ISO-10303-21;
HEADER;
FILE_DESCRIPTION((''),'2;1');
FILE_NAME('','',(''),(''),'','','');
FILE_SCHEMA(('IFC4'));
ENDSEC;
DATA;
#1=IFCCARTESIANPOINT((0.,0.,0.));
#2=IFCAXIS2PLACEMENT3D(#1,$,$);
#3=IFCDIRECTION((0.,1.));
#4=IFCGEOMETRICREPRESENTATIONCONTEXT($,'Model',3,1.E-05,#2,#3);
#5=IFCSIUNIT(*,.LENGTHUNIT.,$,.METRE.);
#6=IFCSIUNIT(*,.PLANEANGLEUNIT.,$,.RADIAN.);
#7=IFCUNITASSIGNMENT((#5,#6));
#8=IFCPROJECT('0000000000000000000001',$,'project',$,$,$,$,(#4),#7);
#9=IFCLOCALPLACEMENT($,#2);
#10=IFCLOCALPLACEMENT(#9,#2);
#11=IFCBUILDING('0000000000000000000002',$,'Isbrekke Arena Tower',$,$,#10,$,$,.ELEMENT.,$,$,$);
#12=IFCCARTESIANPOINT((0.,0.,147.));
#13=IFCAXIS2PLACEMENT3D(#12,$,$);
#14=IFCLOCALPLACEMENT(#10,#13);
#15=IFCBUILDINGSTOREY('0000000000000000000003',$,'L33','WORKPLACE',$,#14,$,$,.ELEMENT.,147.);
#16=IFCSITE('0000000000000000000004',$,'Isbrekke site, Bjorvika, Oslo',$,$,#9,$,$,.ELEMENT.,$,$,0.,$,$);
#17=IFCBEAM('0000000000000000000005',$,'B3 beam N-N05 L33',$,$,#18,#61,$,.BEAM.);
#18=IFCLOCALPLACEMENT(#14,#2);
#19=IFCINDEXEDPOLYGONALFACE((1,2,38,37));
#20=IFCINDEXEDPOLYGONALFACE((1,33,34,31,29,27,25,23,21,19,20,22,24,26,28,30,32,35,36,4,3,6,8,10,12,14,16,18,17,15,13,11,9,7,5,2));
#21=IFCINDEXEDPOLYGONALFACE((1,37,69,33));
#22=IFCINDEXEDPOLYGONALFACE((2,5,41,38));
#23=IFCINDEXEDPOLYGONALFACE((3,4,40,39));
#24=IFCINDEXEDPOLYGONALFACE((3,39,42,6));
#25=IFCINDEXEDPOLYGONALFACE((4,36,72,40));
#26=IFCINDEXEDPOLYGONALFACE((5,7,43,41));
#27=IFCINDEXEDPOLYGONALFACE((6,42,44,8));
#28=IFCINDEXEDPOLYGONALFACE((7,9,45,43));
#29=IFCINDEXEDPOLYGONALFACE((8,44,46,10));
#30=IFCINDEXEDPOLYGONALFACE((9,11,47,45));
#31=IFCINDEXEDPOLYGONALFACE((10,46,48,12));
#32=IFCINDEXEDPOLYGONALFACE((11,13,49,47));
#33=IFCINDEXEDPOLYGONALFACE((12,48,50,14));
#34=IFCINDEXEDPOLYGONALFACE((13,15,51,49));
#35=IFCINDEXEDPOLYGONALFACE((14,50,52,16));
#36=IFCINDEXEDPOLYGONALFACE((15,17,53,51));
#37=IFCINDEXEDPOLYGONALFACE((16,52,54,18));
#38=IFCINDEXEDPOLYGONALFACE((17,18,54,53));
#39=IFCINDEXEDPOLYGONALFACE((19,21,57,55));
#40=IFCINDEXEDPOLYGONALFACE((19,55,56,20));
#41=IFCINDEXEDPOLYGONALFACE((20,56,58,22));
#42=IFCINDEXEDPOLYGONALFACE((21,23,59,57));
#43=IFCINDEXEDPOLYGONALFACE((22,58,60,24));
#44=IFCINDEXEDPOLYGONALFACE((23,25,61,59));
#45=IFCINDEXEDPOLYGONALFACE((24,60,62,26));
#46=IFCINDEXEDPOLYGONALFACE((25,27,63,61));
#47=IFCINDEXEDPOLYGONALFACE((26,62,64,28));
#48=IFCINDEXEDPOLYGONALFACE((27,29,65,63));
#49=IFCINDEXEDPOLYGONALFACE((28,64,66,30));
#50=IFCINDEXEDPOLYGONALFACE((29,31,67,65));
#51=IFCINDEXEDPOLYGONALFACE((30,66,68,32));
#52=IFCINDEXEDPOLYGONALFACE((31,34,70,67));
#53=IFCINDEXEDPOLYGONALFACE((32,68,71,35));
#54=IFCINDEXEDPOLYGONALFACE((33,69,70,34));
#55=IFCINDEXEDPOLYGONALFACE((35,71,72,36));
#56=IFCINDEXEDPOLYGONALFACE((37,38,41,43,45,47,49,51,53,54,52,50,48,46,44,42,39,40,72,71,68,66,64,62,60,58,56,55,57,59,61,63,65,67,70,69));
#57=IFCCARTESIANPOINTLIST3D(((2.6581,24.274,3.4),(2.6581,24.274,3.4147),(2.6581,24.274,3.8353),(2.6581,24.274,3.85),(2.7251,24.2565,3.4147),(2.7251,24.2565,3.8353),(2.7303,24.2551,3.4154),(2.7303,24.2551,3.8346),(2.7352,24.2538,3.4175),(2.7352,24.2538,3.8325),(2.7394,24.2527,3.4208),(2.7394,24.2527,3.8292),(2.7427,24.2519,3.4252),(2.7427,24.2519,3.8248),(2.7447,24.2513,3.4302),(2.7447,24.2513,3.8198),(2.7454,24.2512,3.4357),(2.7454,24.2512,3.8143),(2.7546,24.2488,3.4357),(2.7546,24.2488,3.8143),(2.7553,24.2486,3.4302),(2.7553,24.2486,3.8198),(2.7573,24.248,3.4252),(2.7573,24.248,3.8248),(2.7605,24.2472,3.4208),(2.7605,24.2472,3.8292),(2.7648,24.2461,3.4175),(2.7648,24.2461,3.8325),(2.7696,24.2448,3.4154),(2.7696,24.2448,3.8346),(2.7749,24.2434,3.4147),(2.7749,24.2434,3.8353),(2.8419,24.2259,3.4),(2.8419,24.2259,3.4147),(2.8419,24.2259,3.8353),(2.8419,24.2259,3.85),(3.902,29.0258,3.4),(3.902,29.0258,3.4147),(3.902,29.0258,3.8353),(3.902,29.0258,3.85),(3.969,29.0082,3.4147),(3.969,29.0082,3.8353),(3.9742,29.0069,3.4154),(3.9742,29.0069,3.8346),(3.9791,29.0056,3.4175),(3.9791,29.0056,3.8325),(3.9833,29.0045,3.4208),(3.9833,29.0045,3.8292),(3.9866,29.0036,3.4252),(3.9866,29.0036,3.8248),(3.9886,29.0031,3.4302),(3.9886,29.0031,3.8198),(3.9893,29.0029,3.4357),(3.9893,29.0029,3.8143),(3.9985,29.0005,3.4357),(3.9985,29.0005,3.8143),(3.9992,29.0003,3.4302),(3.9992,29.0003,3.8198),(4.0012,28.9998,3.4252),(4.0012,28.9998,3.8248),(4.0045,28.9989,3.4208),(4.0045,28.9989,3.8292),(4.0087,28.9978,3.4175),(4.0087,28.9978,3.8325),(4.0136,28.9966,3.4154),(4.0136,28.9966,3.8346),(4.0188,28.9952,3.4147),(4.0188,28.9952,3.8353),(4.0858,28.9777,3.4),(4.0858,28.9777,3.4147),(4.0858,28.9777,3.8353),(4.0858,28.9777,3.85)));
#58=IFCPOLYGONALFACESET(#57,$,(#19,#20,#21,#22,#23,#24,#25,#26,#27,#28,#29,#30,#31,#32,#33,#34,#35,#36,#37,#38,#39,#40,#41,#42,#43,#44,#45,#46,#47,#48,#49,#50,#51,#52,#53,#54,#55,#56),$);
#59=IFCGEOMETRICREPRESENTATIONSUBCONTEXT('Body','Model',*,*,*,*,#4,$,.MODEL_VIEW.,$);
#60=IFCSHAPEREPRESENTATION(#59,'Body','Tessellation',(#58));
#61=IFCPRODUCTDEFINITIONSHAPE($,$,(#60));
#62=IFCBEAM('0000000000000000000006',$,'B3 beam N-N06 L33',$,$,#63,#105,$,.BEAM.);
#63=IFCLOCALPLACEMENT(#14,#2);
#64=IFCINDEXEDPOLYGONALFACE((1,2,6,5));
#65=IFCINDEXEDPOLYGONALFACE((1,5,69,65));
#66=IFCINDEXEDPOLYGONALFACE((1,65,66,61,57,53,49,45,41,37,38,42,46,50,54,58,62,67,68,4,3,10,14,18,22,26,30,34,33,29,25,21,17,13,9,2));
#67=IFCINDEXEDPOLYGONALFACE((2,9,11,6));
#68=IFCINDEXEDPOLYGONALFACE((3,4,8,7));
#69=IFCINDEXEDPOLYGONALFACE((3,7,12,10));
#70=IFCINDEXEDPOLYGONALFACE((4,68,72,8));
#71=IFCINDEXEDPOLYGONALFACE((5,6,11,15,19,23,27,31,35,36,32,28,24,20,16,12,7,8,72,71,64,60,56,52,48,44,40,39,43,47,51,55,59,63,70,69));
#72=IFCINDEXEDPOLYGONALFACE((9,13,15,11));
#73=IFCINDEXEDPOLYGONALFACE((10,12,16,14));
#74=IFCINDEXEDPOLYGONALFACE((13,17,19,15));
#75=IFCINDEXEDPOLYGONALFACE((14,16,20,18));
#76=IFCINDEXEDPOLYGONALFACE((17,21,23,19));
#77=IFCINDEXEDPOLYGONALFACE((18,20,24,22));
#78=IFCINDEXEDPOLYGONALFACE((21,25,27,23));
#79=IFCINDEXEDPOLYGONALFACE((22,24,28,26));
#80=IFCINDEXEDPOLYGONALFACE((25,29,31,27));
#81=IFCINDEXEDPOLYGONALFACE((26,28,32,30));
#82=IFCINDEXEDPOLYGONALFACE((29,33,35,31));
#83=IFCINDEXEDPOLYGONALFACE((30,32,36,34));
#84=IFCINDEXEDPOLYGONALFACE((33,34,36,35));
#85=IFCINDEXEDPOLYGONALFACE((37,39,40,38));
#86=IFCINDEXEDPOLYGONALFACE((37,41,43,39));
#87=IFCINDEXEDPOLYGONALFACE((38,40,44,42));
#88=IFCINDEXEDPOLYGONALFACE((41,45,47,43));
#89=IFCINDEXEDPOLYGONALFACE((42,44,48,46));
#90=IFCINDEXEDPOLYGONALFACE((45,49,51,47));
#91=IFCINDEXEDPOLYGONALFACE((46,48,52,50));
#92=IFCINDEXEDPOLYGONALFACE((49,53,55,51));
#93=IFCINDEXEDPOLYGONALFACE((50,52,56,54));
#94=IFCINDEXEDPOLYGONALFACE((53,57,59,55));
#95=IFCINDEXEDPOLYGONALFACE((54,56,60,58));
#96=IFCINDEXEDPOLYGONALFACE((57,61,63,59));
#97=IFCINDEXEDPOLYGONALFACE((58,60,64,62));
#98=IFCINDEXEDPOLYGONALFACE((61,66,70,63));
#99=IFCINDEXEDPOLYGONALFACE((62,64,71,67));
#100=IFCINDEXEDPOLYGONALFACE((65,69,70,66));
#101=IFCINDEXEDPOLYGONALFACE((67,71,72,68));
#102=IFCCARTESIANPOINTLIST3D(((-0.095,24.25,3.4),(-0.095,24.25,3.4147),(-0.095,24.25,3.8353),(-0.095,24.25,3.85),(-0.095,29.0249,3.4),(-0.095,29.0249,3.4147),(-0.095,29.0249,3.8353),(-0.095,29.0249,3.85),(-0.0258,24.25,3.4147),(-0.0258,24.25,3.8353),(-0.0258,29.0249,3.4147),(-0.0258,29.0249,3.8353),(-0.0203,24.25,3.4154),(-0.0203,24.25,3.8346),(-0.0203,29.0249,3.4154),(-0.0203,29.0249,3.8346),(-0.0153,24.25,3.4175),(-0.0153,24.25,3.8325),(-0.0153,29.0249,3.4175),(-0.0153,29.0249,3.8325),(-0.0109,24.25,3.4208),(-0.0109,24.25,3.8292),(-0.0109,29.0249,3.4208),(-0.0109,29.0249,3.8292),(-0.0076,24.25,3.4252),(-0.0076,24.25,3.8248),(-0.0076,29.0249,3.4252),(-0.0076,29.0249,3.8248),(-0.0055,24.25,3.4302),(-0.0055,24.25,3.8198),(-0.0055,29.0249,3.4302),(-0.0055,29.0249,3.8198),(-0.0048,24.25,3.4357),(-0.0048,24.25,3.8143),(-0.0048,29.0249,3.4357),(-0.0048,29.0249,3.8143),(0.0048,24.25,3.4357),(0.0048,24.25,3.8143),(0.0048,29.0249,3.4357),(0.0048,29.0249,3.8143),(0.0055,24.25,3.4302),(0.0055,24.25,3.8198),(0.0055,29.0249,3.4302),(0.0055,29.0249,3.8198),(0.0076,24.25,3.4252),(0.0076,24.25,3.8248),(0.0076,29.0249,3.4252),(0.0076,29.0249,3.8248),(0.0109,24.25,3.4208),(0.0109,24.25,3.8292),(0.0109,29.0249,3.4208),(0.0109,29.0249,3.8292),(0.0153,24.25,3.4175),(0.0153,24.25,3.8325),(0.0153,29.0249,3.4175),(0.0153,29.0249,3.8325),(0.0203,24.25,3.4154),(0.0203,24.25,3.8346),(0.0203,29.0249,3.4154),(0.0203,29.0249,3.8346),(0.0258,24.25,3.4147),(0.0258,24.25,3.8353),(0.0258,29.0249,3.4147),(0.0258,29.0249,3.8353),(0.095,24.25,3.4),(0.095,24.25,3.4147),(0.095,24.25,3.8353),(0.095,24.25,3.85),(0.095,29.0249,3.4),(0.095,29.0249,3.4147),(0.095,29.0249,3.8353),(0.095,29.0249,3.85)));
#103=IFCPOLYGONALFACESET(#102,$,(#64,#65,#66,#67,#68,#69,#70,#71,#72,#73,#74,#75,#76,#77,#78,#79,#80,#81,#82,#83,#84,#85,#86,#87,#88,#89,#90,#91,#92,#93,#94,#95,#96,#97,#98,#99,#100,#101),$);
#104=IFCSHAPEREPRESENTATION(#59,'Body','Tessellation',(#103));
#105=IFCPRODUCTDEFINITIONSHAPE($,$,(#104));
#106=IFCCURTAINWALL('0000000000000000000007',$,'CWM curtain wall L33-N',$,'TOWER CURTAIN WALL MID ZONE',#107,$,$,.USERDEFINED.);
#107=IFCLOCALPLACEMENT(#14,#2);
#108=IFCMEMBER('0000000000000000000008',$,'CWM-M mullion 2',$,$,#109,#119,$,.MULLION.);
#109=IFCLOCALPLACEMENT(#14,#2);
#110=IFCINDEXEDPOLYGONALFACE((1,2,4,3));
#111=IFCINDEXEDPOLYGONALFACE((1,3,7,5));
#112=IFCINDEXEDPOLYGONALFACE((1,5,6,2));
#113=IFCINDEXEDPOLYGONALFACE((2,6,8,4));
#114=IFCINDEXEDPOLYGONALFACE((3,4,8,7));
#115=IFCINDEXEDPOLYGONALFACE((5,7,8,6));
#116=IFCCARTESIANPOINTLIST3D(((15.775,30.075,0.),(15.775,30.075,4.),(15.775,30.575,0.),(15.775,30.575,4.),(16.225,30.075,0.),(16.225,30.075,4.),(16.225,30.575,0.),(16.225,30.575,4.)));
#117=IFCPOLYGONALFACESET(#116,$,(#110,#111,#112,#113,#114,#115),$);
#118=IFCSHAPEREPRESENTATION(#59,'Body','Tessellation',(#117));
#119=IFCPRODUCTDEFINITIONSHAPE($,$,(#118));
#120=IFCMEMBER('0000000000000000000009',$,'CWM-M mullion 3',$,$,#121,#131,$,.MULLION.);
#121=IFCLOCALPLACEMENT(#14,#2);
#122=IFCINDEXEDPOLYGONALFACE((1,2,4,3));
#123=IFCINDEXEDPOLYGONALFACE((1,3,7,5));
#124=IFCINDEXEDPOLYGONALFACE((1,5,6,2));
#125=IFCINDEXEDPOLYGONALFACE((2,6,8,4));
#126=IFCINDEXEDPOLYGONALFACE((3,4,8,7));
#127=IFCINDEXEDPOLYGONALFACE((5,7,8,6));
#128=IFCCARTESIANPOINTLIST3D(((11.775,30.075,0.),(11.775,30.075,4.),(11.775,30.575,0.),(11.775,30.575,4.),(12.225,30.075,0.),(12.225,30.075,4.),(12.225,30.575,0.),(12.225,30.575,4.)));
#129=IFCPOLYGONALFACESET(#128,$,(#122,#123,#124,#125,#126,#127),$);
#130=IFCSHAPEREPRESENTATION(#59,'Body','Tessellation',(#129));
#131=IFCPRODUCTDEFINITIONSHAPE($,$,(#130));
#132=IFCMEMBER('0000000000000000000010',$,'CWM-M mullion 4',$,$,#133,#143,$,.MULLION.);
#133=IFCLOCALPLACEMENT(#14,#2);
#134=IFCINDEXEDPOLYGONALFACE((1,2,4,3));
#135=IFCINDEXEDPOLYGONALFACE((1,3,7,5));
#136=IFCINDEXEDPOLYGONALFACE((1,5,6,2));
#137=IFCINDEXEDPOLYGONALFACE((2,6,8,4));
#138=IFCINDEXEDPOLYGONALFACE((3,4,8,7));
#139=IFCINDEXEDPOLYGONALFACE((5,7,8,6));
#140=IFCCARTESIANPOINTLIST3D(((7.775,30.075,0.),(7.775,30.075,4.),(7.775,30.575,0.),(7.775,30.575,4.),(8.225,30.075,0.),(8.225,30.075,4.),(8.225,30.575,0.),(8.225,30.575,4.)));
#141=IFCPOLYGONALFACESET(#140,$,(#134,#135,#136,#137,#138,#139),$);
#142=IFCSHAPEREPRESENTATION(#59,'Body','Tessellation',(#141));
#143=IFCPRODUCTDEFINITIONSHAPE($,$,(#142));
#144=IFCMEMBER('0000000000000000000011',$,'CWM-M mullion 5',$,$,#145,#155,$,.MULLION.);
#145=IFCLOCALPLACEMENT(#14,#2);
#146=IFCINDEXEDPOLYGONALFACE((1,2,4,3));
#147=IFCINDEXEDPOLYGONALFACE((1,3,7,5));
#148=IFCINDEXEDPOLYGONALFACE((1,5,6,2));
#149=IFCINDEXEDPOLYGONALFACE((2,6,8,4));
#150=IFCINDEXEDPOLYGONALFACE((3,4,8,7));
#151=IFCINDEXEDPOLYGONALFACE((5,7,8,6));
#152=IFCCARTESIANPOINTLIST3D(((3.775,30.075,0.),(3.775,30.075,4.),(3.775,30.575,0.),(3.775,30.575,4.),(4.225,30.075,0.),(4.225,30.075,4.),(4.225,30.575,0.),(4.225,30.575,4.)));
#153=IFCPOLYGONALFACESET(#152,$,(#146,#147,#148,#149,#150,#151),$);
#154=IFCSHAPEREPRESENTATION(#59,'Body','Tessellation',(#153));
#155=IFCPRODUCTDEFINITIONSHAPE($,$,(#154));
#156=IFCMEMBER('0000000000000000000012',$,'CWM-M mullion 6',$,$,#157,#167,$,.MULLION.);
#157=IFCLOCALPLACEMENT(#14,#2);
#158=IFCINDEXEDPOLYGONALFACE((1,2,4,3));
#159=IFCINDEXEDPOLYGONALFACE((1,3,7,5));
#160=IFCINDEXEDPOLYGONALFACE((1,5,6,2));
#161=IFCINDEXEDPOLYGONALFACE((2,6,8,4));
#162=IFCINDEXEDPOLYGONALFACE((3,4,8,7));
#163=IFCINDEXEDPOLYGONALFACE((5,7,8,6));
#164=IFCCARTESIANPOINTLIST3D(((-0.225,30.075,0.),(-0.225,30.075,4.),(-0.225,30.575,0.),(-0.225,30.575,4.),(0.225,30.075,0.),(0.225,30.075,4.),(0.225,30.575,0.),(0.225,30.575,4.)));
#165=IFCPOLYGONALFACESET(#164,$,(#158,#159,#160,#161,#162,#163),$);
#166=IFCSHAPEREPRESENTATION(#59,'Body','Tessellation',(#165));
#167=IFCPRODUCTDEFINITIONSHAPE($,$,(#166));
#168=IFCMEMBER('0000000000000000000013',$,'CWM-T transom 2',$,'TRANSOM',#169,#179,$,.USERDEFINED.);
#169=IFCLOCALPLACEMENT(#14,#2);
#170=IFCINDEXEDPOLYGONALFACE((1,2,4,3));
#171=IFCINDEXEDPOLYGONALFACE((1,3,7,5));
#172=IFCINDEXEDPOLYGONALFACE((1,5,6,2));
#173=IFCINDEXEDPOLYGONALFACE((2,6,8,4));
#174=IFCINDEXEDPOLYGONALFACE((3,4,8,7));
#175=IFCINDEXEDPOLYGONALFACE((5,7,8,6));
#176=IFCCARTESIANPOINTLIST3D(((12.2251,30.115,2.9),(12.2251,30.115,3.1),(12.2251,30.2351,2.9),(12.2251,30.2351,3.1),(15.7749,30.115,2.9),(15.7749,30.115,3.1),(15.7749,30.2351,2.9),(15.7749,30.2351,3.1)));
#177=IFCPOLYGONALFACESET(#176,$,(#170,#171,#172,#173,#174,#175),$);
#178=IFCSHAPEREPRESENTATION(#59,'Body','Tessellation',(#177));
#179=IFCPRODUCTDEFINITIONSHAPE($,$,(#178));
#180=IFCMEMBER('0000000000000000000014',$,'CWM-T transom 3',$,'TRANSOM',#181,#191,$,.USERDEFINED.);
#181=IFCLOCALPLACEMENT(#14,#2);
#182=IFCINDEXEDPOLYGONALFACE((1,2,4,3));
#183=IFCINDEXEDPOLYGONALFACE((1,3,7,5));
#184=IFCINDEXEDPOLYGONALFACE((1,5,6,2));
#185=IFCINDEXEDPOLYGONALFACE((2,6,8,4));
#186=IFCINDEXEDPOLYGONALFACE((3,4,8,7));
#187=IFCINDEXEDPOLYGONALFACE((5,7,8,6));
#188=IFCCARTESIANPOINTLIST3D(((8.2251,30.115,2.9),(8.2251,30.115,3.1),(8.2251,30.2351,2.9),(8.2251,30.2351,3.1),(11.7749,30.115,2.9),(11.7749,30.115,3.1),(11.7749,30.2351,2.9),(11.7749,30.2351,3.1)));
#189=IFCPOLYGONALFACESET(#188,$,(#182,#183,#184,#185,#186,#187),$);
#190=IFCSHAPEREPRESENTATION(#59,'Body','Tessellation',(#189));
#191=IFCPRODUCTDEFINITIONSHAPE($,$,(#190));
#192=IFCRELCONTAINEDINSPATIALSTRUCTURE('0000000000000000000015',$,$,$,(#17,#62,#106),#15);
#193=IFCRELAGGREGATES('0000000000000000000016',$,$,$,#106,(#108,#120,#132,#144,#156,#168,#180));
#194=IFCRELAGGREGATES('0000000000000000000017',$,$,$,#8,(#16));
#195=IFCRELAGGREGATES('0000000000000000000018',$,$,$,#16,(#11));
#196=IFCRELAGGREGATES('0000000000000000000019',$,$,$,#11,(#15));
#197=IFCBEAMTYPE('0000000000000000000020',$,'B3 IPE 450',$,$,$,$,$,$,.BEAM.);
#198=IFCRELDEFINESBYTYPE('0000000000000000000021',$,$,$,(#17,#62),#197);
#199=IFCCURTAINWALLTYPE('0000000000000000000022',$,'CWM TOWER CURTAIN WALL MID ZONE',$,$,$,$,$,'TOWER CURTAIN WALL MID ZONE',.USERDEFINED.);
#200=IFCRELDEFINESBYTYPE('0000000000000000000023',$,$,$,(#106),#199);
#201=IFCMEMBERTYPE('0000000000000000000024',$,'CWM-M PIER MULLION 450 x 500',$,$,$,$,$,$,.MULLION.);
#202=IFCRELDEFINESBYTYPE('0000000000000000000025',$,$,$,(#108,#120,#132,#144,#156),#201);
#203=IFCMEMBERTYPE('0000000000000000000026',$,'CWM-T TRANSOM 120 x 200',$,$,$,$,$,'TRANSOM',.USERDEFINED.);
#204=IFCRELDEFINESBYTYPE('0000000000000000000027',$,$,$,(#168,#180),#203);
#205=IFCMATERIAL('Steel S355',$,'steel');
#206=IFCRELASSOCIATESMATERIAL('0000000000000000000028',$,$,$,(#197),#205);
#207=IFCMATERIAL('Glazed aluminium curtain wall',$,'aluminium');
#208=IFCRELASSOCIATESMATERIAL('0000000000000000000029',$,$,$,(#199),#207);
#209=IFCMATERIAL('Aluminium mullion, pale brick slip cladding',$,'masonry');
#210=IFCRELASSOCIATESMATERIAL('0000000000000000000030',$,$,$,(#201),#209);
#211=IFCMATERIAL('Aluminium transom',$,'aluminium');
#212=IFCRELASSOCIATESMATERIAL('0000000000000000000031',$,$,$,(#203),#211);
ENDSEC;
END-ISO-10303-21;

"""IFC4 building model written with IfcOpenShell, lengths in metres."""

from ifc_helpers import new_model, si_unit, direction, frame, origin, origin_2d, place, context, subcontext, project, spatial, rectangle, i_section, extrude, material, material_profile, profile_set, type_object, element, aggregate, save


model = new_model("IFC4")

# Units and contexts
model_context = context("Model", 3, precision=1e-05, world=origin(), true_north=direction((0.0, 1.0)))
body_context = subcontext(model_context, "Body", "Model", "MODEL_VIEW")
ifc_project = project(units=[si_unit("LENGTHUNIT", "METRE"), si_unit("PLANEANGLEUNIT", "RADIAN")], contexts=[model_context])

# Site, building, storey
site_placement = place(None, origin())
site = spatial("IfcSite", under=ifc_project, at=site_placement, Name="Isbrekke site, Bjorvika, Oslo", CompositionType="ELEMENT", RefElevation=0.0)
building_placement = place(site_placement, origin())
building = spatial("IfcBuilding", under=site, at=building_placement, Name="Isbrekke Arena Tower", CompositionType="ELEMENT")
storey_placement = place(building_placement, frame((0.0, 0.0, 147.0)))
storey = spatial("IfcBuildingStorey", under=building, at=storey_placement, Name="L33", Description="WORKPLACE", CompositionType="ELEMENT", Elevation=147.0)

# Beams
ifc_material_1 = material(Name="Steel S355", Category="steel")
ifc_material_profile_1 = material_profile(ifc_material_1, i_section(OverallWidth=0.1899, OverallDepth=0.45, WebThickness=0.0095, FlangeThickness=0.0146, FilletRadius=0.021, at=origin_2d()), Name="IPE 450")
ifc_profile_set_1 = profile_set([ifc_material_profile_1], Name="Steel S355")
beam_type_1 = type_object("IfcBeamType", Name="B3 IPE 450", PredefinedType="BEAM", material=ifc_profile_set_1)
beam_1_placement = place(storey_placement, frame((3.9939, 29.0017, 3.625), z_axis=(-0.253245, -0.967402, 0.0), x_axis=(0.967402, -0.253245, 0.0)))
element("IfcBeam", 1, at=beam_1_placement, inside=storey, type_object=beam_type_1, Name="B3 beam N-N05 L33", PredefinedType="BEAM", context=body_context, shape_type="SweptSolid", body=[
    extrude(i_section(OverallWidth=0.1899, OverallDepth=0.45, WebThickness=0.0095, FlangeThickness=0.0146, FilletRadius=0.021, at=origin_2d()), origin(), (0.0, 0.0, 1.0), 4.9119),
])
beam_2_placement = place(storey_placement, frame((0.0, 29.0249, 3.625), z_axis=(0.0, -1.0, 0.0), x_axis=(1.0, 0.0, 0.0)))
element("IfcBeam", 2, at=beam_2_placement, inside=storey, type_object=beam_type_1, Name="B3 beam N-N06 L33", PredefinedType="BEAM", context=body_context, shape_type="SweptSolid", body=[
    extrude(i_section(OverallWidth=0.1899, OverallDepth=0.45, WebThickness=0.0095, FlangeThickness=0.0146, FilletRadius=0.021, at=origin_2d()), origin(), (0.0, 0.0, 1.0), 4.7749),
])

# Curtain wall, members
ifc_material_2 = material(Name="Glazed aluminium curtain wall", Category="aluminium")
curtain_wall_type = type_object("IfcCurtainWallType", Name="CWM TOWER CURTAIN WALL MID ZONE", ElementType="TOWER CURTAIN WALL MID ZONE", PredefinedType="USERDEFINED", material=ifc_material_2)
curtain_wall_placement = place(storey_placement, origin())
curtain_wall = element("IfcCurtainWall", 3, at=curtain_wall_placement, inside=storey, type_object=curtain_wall_type, Name="CWM curtain wall L33-N", ObjectType="TOWER CURTAIN WALL MID ZONE", PredefinedType="USERDEFINED")
ifc_material_3 = material(Name="Aluminium mullion, pale brick slip cladding", Category="masonry")
ifc_material_profile_2 = material_profile(ifc_material_3, rectangle(XDim=0.45, YDim=0.5, at=origin_2d()), Name="PIER 450X500")
ifc_profile_set_2 = profile_set([ifc_material_profile_2], Name="Aluminium mullion, pale brick slip cladding")
member_type_1 = type_object("IfcMemberType", Name="CWM-M PIER MULLION 450 x 500", PredefinedType="MULLION", material=ifc_profile_set_2)
member_1_placement = place(storey_placement, frame((16.0, 30.325, 0.0), z_axis=(0.0, 0.0, 1.0), x_axis=(-1.0, 0.0, 0.0)))
member_1 = element("IfcMember", 4, at=member_1_placement, type_object=member_type_1, Name="CWM-M mullion 2", PredefinedType="MULLION", context=body_context, shape_type="SweptSolid", body=[
    extrude(rectangle(XDim=0.45, YDim=0.5, at=origin_2d()), origin(), (0.0, 0.0, 1.0), 4.0),
])
member_2_placement = place(storey_placement, frame((12.0, 30.325, 0.0), z_axis=(0.0, 0.0, 1.0), x_axis=(-1.0, 0.0, 0.0)))
member_2 = element("IfcMember", 5, at=member_2_placement, type_object=member_type_1, Name="CWM-M mullion 3", PredefinedType="MULLION", context=body_context, shape_type="SweptSolid", body=[
    extrude(rectangle(XDim=0.45, YDim=0.5, at=origin_2d()), origin(), (0.0, 0.0, 1.0), 4.0),
])
member_3_placement = place(storey_placement, frame((8.0, 30.325, 0.0), z_axis=(0.0, 0.0, 1.0), x_axis=(-1.0, 0.0, 0.0)))
member_3 = element("IfcMember", 6, at=member_3_placement, type_object=member_type_1, Name="CWM-M mullion 4", PredefinedType="MULLION", context=body_context, shape_type="SweptSolid", body=[
    extrude(rectangle(XDim=0.45, YDim=0.5, at=origin_2d()), origin(), (0.0, 0.0, 1.0), 4.0),
])
member_4_placement = place(storey_placement, frame((4.0, 30.325, 0.0), z_axis=(0.0, 0.0, 1.0), x_axis=(-1.0, 0.0, 0.0)))
member_4 = element("IfcMember", 7, at=member_4_placement, type_object=member_type_1, Name="CWM-M mullion 5", PredefinedType="MULLION", context=body_context, shape_type="SweptSolid", body=[
    extrude(rectangle(XDim=0.45, YDim=0.5, at=origin_2d()), origin(), (0.0, 0.0, 1.0), 4.0),
])
member_5_placement = place(storey_placement, frame((0.0, 30.325, 0.0), z_axis=(0.0, 0.0, 1.0), x_axis=(-1.0, 0.0, 0.0)))
member_5 = element("IfcMember", 8, at=member_5_placement, type_object=member_type_1, Name="CWM-M mullion 6", PredefinedType="MULLION", context=body_context, shape_type="SweptSolid", body=[
    extrude(rectangle(XDim=0.45, YDim=0.5, at=origin_2d()), origin(), (0.0, 0.0, 1.0), 4.0),
])
ifc_material_4 = material(Name="Aluminium transom", Category="aluminium")
ifc_material_profile_3 = material_profile(ifc_material_4, rectangle(XDim=0.1201, YDim=0.2, at=origin_2d()), Name="TRANSOM 120X200")
ifc_profile_set_3 = profile_set([ifc_material_profile_3], Name="Aluminium transom")
member_type_2 = type_object("IfcMemberType", Name="CWM-T TRANSOM 120 x 200", ElementType="TRANSOM", PredefinedType="USERDEFINED", material=ifc_profile_set_3)
member_6_placement = place(storey_placement, frame((15.7749, 30.175, 3.0), z_axis=(-1.0, 0.0, 0.0), x_axis=(0.0, -1.0, 0.0)))
member_6 = element("IfcMember", 9, at=member_6_placement, type_object=member_type_2, Name="CWM-T transom 2", ObjectType="TRANSOM", PredefinedType="USERDEFINED", context=body_context, shape_type="SweptSolid", body=[
    extrude(rectangle(XDim=0.1201, YDim=0.2, at=origin_2d()), origin(), (0.0, 0.0, 1.0), 3.5498),
])
member_7_placement = place(storey_placement, frame((11.7749, 30.175, 3.0), z_axis=(-1.0, 0.0, 0.0), x_axis=(0.0, -1.0, 0.0)))
member_7 = element("IfcMember", 10, at=member_7_placement, type_object=member_type_2, Name="CWM-T transom 3", ObjectType="TRANSOM", PredefinedType="USERDEFINED", context=body_context, shape_type="SweptSolid", body=[
    extrude(rectangle(XDim=0.1201, YDim=0.2, at=origin_2d()), origin(), (0.0, 0.0, 1.0), 3.5498),
])

aggregate(curtain_wall, [member_1, member_2, member_3, member_4, member_5, member_6, member_7])

save(model, "model.ifc")
